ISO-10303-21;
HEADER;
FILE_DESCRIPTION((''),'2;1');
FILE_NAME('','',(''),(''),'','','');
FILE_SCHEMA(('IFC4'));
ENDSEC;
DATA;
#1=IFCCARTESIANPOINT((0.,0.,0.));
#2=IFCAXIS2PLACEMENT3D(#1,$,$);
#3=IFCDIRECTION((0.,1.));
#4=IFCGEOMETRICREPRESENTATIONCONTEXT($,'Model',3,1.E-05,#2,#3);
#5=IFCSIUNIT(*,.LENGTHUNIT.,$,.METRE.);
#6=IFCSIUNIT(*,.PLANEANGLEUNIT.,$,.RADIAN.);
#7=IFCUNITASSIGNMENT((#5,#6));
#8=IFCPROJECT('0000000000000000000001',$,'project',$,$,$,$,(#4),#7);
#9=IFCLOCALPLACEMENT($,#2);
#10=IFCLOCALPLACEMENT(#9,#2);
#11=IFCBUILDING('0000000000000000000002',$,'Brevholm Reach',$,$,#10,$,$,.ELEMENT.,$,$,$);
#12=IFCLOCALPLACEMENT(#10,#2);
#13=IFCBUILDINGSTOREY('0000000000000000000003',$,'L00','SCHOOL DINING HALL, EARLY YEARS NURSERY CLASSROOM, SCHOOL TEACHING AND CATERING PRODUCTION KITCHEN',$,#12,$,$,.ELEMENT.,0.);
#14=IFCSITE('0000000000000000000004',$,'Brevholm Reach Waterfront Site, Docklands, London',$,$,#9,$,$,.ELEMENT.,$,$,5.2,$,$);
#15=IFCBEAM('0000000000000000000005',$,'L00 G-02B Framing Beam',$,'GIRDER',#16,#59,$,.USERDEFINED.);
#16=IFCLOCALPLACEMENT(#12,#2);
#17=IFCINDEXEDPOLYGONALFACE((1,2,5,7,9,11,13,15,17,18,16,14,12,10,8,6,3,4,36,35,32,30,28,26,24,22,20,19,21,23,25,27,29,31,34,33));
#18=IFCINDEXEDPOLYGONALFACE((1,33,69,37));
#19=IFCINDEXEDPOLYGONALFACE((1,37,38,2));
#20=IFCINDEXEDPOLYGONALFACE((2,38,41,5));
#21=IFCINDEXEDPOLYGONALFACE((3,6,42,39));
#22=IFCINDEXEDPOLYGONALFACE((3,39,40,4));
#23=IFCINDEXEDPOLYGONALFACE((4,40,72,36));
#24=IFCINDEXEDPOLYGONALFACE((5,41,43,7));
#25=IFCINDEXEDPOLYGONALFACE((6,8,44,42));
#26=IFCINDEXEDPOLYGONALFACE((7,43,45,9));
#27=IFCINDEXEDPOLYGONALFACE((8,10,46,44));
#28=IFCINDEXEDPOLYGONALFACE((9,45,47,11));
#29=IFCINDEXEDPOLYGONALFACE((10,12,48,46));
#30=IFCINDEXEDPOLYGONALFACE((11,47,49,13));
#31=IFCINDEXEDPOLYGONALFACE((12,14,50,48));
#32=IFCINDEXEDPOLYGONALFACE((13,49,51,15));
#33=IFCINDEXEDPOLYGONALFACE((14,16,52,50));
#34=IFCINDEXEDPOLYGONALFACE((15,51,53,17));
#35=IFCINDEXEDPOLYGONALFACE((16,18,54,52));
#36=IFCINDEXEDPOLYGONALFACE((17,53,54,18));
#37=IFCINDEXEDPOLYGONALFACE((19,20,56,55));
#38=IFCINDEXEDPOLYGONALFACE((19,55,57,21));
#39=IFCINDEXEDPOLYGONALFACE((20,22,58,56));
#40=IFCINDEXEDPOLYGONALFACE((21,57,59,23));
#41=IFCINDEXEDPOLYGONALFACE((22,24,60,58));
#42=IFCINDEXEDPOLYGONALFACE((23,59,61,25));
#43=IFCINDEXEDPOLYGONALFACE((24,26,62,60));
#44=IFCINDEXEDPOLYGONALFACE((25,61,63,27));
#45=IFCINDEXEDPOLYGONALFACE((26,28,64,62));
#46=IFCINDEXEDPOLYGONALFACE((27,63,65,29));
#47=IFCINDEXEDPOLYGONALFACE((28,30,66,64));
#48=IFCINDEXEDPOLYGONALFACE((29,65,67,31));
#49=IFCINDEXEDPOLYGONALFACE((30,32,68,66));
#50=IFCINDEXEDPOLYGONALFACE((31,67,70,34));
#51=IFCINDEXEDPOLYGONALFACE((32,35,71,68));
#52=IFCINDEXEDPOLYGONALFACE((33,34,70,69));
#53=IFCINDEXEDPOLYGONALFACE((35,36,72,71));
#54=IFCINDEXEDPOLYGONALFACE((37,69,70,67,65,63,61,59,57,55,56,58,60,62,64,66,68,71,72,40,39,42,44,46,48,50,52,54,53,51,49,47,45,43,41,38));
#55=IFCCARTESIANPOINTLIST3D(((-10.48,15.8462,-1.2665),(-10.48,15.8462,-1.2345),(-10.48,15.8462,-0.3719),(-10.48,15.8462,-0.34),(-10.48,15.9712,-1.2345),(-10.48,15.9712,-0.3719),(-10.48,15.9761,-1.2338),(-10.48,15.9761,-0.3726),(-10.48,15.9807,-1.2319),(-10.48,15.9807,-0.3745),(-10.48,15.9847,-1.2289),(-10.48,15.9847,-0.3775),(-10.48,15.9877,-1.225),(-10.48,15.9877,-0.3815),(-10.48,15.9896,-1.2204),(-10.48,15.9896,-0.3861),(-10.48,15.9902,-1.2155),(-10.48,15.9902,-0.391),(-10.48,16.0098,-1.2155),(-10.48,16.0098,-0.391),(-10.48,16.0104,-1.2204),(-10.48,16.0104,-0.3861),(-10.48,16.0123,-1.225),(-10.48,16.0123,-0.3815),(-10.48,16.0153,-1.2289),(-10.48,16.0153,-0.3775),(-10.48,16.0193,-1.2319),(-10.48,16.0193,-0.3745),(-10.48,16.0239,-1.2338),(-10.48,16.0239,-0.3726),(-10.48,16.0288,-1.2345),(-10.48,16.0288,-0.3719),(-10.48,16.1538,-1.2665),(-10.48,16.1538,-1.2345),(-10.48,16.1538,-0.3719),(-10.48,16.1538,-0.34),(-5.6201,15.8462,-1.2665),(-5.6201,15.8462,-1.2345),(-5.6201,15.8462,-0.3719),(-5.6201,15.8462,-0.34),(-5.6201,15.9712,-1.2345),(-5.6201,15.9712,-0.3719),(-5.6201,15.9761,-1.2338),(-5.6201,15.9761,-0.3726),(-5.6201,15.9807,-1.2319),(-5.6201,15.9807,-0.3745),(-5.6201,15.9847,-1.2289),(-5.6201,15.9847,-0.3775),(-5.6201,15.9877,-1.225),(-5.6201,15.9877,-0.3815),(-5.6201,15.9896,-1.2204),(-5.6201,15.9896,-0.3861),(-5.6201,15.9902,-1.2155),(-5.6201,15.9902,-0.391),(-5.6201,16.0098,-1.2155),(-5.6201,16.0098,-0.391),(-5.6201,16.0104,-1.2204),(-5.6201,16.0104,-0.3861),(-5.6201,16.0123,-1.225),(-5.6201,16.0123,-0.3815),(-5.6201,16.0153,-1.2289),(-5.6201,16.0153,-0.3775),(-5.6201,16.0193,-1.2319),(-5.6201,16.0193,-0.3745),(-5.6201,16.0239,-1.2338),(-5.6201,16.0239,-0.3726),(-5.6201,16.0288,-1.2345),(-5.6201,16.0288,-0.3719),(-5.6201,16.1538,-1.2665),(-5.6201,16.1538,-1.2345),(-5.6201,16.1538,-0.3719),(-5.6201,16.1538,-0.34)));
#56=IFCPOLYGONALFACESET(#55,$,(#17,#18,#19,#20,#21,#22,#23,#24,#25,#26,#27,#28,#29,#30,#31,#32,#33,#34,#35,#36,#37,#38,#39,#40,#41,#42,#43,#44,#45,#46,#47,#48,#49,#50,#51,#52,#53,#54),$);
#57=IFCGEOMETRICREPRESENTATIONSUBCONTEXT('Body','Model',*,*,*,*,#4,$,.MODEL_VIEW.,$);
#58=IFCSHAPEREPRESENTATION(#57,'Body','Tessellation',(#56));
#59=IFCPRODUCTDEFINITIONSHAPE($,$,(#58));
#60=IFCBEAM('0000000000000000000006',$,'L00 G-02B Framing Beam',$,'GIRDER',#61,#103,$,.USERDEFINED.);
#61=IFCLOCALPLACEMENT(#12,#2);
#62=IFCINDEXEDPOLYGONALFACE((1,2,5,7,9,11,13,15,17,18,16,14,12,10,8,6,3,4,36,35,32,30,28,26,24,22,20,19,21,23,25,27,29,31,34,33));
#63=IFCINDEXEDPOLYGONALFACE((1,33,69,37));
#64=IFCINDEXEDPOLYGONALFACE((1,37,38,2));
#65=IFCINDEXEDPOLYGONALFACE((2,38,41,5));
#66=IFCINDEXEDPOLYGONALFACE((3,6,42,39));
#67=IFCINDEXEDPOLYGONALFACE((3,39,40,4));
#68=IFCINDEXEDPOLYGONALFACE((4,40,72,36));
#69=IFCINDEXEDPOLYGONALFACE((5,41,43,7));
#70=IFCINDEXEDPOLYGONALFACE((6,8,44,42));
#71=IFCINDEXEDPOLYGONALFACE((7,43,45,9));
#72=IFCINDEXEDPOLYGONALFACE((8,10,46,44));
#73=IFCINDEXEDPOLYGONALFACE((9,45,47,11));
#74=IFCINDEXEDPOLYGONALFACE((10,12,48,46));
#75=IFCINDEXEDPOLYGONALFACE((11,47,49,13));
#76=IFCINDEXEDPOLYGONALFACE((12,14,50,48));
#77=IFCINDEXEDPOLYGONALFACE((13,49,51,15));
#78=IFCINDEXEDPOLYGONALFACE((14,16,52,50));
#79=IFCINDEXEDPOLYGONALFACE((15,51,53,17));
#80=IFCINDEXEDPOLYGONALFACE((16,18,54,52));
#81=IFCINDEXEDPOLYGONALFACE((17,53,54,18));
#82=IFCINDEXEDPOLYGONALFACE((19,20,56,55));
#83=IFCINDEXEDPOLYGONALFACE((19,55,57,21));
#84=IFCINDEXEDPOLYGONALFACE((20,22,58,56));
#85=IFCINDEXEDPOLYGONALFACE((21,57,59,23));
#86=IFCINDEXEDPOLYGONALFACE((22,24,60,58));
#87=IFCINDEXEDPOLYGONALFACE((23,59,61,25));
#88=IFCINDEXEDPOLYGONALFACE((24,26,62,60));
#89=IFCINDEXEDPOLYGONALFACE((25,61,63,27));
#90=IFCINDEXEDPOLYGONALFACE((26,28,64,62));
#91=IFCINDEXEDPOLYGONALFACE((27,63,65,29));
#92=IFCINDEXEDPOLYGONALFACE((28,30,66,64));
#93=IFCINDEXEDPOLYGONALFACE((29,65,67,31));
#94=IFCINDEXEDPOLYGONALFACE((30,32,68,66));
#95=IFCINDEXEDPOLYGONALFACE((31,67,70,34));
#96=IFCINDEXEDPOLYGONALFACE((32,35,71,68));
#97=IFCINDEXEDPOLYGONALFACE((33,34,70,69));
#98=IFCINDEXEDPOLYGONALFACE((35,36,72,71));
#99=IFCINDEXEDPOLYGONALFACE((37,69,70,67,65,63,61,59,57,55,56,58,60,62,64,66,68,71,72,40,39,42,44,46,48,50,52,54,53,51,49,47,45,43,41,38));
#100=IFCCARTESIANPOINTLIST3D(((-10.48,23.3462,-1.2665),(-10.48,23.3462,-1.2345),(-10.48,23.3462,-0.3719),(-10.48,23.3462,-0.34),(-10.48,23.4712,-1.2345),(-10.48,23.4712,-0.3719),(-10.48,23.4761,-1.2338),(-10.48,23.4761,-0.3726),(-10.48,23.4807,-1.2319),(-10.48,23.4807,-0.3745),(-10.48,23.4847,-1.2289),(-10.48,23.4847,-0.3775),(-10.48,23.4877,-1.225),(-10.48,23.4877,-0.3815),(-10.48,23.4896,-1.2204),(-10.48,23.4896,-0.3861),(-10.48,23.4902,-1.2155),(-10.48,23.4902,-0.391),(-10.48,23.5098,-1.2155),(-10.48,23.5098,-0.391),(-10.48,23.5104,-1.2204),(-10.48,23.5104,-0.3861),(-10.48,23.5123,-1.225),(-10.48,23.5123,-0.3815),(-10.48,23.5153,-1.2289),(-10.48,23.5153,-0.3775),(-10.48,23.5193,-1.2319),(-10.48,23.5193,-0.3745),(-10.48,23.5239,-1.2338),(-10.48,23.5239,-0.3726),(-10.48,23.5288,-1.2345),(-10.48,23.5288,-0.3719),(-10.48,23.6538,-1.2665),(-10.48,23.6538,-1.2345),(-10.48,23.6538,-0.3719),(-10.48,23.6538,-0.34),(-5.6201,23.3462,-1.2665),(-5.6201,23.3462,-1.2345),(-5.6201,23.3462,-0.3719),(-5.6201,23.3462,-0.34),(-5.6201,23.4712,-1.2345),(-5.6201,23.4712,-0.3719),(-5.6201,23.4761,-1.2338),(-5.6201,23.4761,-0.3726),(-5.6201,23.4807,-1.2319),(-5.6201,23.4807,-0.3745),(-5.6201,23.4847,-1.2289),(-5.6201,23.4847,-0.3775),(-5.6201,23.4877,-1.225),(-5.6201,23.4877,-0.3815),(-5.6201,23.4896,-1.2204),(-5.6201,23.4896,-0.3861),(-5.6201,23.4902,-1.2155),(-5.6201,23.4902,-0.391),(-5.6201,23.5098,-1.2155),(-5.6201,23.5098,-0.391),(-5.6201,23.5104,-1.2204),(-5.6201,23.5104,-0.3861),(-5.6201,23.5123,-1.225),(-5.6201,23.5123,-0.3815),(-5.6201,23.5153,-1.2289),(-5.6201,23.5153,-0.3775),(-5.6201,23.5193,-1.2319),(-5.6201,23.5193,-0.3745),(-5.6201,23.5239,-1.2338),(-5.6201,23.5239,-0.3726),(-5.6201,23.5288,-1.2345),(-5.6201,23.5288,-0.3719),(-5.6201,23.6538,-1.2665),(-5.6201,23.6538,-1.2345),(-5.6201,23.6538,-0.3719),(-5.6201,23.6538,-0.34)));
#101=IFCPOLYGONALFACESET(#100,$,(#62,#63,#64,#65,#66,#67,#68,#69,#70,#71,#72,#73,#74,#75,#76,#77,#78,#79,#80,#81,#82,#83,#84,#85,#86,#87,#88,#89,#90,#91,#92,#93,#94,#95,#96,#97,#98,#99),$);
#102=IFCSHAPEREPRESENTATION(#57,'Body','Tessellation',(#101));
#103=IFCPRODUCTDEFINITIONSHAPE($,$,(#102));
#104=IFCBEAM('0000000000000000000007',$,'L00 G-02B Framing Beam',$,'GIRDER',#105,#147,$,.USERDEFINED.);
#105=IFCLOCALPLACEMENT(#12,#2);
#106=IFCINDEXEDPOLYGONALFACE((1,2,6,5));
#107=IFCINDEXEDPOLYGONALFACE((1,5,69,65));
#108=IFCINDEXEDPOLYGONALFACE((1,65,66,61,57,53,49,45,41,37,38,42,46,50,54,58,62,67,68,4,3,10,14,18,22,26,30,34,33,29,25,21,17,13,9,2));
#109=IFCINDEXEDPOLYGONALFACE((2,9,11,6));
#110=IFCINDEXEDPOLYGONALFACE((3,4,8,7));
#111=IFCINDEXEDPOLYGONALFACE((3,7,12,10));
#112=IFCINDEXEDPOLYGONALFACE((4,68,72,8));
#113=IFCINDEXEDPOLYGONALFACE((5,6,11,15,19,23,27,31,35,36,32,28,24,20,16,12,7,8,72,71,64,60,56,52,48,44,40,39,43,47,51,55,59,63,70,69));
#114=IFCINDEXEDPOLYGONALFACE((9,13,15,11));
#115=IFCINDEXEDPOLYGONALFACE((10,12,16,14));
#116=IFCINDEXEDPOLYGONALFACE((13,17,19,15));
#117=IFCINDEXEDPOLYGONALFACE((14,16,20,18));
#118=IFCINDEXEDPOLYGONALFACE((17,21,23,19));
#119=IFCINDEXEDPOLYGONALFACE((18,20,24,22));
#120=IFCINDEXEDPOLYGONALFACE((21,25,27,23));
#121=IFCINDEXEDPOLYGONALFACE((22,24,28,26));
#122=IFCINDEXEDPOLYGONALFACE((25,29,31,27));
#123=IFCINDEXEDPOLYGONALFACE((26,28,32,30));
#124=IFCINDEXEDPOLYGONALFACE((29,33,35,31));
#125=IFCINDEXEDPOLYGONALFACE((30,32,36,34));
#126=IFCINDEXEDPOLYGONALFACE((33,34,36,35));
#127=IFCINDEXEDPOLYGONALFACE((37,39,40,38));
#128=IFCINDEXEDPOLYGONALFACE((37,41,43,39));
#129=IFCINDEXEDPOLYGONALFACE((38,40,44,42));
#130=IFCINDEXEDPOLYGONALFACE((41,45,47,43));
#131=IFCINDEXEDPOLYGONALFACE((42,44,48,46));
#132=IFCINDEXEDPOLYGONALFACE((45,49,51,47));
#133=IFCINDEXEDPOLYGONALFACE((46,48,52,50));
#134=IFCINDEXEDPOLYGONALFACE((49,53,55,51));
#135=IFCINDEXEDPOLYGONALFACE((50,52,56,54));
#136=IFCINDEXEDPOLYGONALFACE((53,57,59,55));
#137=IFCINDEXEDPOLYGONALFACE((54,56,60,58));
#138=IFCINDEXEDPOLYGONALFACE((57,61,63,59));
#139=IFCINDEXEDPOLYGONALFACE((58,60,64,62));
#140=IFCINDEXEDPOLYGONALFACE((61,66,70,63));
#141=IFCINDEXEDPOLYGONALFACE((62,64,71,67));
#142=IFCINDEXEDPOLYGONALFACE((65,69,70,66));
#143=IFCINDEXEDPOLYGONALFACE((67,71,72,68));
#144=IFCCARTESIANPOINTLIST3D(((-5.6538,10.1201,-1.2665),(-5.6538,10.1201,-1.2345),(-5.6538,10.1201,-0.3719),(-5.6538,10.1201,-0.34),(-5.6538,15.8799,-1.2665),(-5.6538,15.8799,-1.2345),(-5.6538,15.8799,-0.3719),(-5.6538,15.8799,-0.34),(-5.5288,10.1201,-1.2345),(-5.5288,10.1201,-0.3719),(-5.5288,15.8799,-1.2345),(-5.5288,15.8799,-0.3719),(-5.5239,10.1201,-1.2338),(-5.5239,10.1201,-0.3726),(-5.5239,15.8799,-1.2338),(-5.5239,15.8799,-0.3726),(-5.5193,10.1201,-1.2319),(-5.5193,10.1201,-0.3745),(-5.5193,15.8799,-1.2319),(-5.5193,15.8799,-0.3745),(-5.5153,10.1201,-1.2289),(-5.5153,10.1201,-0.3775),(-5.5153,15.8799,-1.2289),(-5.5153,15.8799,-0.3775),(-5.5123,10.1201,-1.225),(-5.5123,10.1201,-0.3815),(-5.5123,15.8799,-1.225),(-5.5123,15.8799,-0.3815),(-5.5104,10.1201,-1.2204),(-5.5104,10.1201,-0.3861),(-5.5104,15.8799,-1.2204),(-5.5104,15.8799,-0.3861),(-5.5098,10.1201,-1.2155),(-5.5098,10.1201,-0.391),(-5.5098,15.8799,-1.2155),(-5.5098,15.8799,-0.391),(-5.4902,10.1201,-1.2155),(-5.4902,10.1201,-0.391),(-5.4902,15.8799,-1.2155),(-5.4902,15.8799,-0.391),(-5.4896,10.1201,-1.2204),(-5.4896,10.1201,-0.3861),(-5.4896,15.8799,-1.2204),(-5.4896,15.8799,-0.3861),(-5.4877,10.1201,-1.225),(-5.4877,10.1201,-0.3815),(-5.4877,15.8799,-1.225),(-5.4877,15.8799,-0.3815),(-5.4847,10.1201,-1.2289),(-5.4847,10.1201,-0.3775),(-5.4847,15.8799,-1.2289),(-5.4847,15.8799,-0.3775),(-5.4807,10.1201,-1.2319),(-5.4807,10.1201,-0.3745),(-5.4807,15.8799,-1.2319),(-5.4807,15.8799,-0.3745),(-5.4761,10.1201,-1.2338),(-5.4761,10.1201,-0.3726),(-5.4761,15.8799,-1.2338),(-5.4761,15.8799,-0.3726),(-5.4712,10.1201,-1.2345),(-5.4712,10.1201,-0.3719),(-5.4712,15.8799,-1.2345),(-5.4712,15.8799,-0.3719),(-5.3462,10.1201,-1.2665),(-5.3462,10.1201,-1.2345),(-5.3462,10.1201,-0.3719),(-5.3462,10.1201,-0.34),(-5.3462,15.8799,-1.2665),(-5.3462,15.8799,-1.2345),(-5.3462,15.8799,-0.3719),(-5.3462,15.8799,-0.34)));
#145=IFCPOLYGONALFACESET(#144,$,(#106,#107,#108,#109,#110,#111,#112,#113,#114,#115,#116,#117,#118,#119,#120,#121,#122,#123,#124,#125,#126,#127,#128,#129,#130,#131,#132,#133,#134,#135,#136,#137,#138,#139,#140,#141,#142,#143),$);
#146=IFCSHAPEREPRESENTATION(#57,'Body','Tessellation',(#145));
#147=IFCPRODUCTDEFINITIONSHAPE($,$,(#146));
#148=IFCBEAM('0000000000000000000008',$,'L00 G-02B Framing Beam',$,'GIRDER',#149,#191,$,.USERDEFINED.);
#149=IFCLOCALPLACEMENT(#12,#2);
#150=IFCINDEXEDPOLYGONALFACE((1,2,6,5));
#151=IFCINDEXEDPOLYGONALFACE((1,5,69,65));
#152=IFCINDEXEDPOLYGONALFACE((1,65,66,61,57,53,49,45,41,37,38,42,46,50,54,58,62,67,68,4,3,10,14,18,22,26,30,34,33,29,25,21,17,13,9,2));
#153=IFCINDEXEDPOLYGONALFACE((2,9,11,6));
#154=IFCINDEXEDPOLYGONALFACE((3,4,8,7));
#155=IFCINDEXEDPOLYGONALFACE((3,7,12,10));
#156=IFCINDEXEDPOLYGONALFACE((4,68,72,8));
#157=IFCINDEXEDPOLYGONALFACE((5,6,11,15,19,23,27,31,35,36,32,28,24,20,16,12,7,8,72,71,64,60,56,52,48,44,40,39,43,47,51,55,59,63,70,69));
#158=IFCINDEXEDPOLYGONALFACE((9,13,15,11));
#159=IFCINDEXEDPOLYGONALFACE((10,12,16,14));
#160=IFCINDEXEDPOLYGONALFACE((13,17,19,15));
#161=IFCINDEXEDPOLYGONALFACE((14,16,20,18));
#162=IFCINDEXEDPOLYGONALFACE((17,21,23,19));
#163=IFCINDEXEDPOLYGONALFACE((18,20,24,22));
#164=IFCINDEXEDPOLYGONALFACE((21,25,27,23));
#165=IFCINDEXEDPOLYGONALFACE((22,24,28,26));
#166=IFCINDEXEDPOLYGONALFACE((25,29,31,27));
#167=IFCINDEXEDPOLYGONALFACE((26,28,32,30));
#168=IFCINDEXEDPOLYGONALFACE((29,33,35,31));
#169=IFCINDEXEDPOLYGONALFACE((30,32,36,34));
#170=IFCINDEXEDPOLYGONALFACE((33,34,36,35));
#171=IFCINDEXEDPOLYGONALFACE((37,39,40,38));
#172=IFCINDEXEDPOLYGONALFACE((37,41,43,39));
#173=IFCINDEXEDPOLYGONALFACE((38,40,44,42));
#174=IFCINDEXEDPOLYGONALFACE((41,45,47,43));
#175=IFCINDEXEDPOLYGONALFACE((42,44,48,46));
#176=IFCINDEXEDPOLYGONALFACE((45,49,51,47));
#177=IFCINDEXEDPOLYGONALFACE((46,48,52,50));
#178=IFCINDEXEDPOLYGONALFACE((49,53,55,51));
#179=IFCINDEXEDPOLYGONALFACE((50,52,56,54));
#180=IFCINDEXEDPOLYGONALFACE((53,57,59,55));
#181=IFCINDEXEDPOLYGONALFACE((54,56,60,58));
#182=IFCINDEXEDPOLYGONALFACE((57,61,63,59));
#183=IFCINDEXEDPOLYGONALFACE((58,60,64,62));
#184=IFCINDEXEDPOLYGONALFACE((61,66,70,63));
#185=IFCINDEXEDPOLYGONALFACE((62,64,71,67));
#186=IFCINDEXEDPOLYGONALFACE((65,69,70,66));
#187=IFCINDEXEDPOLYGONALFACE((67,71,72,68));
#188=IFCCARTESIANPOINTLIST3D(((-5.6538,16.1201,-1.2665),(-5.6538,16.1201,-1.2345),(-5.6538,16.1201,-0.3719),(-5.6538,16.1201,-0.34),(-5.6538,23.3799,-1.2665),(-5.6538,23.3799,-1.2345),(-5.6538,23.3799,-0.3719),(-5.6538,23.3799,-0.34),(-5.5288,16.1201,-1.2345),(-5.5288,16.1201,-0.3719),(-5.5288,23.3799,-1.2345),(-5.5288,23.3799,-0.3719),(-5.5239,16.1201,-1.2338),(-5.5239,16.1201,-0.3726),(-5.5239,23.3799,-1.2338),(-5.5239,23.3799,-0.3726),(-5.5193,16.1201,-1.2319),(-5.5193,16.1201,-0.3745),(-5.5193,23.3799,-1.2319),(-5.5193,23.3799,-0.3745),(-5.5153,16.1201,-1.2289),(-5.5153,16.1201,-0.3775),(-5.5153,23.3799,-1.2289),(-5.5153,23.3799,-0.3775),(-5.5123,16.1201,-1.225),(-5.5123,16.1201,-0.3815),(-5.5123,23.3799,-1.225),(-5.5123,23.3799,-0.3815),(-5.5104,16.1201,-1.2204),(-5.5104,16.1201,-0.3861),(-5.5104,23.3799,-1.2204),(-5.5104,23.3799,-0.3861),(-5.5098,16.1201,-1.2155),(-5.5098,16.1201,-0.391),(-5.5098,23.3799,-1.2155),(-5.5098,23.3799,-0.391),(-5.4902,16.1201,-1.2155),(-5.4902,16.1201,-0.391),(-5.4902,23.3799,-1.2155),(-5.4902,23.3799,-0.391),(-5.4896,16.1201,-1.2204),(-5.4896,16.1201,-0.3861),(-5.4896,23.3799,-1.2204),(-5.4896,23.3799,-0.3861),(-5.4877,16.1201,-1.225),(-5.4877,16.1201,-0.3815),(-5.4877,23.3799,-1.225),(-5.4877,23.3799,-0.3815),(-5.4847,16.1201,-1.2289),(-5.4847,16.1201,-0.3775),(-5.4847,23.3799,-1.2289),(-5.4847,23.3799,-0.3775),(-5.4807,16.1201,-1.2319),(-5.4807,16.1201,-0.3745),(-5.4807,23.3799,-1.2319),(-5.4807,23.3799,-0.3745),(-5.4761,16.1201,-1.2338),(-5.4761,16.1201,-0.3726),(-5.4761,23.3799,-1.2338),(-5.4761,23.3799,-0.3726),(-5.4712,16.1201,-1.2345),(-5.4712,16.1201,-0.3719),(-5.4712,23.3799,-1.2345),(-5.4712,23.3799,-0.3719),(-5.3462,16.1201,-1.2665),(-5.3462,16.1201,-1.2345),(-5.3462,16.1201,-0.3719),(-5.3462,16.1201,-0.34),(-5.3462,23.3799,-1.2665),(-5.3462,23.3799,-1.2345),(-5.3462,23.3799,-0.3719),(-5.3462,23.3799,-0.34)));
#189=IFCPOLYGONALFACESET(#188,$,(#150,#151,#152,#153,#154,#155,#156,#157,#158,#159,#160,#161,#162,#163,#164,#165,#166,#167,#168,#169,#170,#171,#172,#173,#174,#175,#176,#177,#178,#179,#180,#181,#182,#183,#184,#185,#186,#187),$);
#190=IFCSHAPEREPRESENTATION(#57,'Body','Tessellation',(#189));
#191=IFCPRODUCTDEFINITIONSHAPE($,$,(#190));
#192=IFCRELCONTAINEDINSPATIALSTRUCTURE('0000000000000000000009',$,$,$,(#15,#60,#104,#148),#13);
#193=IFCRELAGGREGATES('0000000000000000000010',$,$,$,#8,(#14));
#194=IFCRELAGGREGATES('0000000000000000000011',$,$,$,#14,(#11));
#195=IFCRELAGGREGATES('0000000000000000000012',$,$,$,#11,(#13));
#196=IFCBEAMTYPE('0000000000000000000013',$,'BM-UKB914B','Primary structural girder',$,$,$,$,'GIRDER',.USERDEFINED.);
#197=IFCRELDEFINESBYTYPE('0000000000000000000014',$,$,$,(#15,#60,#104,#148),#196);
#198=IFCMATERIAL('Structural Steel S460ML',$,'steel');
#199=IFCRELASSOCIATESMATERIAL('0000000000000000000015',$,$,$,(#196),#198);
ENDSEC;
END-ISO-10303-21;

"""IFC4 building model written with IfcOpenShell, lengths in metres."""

from ifc_helpers import new_model, si_unit, direction, frame, origin, origin_2d, place, context, subcontext, project, spatial, i_section, extrude, material, material_profile, profile_set, type_object, element, save


model = new_model("IFC4")

# Units and contexts
model_context = context("Model", 3, precision=1e-05, world=origin(), true_north=direction((0.0, 1.0)))
body_context = subcontext(model_context, "Body", "Model", "MODEL_VIEW")
ifc_project = project(units=[si_unit("LENGTHUNIT", "METRE"), si_unit("PLANEANGLEUNIT", "RADIAN")], contexts=[model_context])

# Site, building, storey
site_placement = place(None, origin())
site = spatial("IfcSite", under=ifc_project, at=site_placement, Name="Brevholm Reach Waterfront Site, Docklands, London", CompositionType="ELEMENT", RefElevation=5.2)
building_placement = place(site_placement, origin())
building = spatial("IfcBuilding", under=site, at=building_placement, Name="Brevholm Reach", CompositionType="ELEMENT")
storey_placement = place(building_placement, origin())
storey = spatial("IfcBuildingStorey", under=building, at=storey_placement, Name="L00", Description="SCHOOL DINING HALL, EARLY YEARS NURSERY CLASSROOM, SCHOOL TEACHING AND CATERING PRODUCTION KITCHEN", CompositionType="ELEMENT", Elevation=0.0)

# Beams
ifc_material_1 = material(Name="Structural Steel S460ML", Category="steel")
ifc_material_profile_1 = material_profile(ifc_material_1, i_section(OverallWidth=0.3076, OverallDepth=0.9265, WebThickness=0.0195, FlangeThickness=0.032, FilletRadius=0.019, at=origin_2d()), Name="UKB 914x305x289")
ifc_profile_set_1 = profile_set([ifc_material_profile_1], Name="Structural Steel S460ML")
beam_type_1 = type_object("IfcBeamType", Name="BM-UKB914B", Description="Primary structural girder", ElementType="GIRDER", PredefinedType="USERDEFINED", material=ifc_profile_set_1)
for number, where, z_axis, x_axis, name in (
    (1, (-10.48, 16.0, -0.8032), (1.0, 0.0, 0.0), (0.0, 1.0, 0.0), "L00 G-02B Framing Beam"),
    (2, (-10.48, 23.5, -0.8032), (1.0, 0.0, 0.0), (0.0, 1.0, 0.0), "L00 G-02B Framing Beam"),
):
    element("IfcBeam", number, at=place(storey_placement, frame(where, z_axis=z_axis, x_axis=x_axis)), inside=storey, type_object=beam_type_1, Name=name, ObjectType="GIRDER", PredefinedType="USERDEFINED", context=body_context, shape_type="SweptSolid", body=[
        extrude(i_section(OverallWidth=0.3076, OverallDepth=0.9265, WebThickness=0.0195, FlangeThickness=0.032, FilletRadius=0.019, at=origin_2d()), origin(), (0.0, 0.0, 1.0), 4.8599),
    ])
beam_1_placement = place(storey_placement, frame((-5.5, 10.1201, -0.8032), z_axis=(0.0, 1.0, 0.0), x_axis=(-1.0, 0.0, 0.0)))
element("IfcBeam", 3, at=beam_1_placement, inside=storey, type_object=beam_type_1, Name="L00 G-02B Framing Beam", ObjectType="GIRDER", PredefinedType="USERDEFINED", context=body_context, shape_type="SweptSolid", body=[
    extrude(i_section(OverallWidth=0.3076, OverallDepth=0.9265, WebThickness=0.0195, FlangeThickness=0.032, FilletRadius=0.019, at=origin_2d()), origin(), (0.0, 0.0, 1.0), 5.7598),
])
beam_2_placement = place(storey_placement, frame((-5.5, 16.1201, -0.8032), z_axis=(0.0, 1.0, 0.0), x_axis=(-1.0, 0.0, 0.0)))
element("IfcBeam", 4, at=beam_2_placement, inside=storey, type_object=beam_type_1, Name="L00 G-02B Framing Beam", ObjectType="GIRDER", PredefinedType="USERDEFINED", context=body_context, shape_type="SweptSolid", body=[
    extrude(i_section(OverallWidth=0.3076, OverallDepth=0.9265, WebThickness=0.0195, FlangeThickness=0.032, FilletRadius=0.019, at=origin_2d()), origin(), (0.0, 0.0, 1.0), 7.2598),
])

save(model, "model.ifc")
